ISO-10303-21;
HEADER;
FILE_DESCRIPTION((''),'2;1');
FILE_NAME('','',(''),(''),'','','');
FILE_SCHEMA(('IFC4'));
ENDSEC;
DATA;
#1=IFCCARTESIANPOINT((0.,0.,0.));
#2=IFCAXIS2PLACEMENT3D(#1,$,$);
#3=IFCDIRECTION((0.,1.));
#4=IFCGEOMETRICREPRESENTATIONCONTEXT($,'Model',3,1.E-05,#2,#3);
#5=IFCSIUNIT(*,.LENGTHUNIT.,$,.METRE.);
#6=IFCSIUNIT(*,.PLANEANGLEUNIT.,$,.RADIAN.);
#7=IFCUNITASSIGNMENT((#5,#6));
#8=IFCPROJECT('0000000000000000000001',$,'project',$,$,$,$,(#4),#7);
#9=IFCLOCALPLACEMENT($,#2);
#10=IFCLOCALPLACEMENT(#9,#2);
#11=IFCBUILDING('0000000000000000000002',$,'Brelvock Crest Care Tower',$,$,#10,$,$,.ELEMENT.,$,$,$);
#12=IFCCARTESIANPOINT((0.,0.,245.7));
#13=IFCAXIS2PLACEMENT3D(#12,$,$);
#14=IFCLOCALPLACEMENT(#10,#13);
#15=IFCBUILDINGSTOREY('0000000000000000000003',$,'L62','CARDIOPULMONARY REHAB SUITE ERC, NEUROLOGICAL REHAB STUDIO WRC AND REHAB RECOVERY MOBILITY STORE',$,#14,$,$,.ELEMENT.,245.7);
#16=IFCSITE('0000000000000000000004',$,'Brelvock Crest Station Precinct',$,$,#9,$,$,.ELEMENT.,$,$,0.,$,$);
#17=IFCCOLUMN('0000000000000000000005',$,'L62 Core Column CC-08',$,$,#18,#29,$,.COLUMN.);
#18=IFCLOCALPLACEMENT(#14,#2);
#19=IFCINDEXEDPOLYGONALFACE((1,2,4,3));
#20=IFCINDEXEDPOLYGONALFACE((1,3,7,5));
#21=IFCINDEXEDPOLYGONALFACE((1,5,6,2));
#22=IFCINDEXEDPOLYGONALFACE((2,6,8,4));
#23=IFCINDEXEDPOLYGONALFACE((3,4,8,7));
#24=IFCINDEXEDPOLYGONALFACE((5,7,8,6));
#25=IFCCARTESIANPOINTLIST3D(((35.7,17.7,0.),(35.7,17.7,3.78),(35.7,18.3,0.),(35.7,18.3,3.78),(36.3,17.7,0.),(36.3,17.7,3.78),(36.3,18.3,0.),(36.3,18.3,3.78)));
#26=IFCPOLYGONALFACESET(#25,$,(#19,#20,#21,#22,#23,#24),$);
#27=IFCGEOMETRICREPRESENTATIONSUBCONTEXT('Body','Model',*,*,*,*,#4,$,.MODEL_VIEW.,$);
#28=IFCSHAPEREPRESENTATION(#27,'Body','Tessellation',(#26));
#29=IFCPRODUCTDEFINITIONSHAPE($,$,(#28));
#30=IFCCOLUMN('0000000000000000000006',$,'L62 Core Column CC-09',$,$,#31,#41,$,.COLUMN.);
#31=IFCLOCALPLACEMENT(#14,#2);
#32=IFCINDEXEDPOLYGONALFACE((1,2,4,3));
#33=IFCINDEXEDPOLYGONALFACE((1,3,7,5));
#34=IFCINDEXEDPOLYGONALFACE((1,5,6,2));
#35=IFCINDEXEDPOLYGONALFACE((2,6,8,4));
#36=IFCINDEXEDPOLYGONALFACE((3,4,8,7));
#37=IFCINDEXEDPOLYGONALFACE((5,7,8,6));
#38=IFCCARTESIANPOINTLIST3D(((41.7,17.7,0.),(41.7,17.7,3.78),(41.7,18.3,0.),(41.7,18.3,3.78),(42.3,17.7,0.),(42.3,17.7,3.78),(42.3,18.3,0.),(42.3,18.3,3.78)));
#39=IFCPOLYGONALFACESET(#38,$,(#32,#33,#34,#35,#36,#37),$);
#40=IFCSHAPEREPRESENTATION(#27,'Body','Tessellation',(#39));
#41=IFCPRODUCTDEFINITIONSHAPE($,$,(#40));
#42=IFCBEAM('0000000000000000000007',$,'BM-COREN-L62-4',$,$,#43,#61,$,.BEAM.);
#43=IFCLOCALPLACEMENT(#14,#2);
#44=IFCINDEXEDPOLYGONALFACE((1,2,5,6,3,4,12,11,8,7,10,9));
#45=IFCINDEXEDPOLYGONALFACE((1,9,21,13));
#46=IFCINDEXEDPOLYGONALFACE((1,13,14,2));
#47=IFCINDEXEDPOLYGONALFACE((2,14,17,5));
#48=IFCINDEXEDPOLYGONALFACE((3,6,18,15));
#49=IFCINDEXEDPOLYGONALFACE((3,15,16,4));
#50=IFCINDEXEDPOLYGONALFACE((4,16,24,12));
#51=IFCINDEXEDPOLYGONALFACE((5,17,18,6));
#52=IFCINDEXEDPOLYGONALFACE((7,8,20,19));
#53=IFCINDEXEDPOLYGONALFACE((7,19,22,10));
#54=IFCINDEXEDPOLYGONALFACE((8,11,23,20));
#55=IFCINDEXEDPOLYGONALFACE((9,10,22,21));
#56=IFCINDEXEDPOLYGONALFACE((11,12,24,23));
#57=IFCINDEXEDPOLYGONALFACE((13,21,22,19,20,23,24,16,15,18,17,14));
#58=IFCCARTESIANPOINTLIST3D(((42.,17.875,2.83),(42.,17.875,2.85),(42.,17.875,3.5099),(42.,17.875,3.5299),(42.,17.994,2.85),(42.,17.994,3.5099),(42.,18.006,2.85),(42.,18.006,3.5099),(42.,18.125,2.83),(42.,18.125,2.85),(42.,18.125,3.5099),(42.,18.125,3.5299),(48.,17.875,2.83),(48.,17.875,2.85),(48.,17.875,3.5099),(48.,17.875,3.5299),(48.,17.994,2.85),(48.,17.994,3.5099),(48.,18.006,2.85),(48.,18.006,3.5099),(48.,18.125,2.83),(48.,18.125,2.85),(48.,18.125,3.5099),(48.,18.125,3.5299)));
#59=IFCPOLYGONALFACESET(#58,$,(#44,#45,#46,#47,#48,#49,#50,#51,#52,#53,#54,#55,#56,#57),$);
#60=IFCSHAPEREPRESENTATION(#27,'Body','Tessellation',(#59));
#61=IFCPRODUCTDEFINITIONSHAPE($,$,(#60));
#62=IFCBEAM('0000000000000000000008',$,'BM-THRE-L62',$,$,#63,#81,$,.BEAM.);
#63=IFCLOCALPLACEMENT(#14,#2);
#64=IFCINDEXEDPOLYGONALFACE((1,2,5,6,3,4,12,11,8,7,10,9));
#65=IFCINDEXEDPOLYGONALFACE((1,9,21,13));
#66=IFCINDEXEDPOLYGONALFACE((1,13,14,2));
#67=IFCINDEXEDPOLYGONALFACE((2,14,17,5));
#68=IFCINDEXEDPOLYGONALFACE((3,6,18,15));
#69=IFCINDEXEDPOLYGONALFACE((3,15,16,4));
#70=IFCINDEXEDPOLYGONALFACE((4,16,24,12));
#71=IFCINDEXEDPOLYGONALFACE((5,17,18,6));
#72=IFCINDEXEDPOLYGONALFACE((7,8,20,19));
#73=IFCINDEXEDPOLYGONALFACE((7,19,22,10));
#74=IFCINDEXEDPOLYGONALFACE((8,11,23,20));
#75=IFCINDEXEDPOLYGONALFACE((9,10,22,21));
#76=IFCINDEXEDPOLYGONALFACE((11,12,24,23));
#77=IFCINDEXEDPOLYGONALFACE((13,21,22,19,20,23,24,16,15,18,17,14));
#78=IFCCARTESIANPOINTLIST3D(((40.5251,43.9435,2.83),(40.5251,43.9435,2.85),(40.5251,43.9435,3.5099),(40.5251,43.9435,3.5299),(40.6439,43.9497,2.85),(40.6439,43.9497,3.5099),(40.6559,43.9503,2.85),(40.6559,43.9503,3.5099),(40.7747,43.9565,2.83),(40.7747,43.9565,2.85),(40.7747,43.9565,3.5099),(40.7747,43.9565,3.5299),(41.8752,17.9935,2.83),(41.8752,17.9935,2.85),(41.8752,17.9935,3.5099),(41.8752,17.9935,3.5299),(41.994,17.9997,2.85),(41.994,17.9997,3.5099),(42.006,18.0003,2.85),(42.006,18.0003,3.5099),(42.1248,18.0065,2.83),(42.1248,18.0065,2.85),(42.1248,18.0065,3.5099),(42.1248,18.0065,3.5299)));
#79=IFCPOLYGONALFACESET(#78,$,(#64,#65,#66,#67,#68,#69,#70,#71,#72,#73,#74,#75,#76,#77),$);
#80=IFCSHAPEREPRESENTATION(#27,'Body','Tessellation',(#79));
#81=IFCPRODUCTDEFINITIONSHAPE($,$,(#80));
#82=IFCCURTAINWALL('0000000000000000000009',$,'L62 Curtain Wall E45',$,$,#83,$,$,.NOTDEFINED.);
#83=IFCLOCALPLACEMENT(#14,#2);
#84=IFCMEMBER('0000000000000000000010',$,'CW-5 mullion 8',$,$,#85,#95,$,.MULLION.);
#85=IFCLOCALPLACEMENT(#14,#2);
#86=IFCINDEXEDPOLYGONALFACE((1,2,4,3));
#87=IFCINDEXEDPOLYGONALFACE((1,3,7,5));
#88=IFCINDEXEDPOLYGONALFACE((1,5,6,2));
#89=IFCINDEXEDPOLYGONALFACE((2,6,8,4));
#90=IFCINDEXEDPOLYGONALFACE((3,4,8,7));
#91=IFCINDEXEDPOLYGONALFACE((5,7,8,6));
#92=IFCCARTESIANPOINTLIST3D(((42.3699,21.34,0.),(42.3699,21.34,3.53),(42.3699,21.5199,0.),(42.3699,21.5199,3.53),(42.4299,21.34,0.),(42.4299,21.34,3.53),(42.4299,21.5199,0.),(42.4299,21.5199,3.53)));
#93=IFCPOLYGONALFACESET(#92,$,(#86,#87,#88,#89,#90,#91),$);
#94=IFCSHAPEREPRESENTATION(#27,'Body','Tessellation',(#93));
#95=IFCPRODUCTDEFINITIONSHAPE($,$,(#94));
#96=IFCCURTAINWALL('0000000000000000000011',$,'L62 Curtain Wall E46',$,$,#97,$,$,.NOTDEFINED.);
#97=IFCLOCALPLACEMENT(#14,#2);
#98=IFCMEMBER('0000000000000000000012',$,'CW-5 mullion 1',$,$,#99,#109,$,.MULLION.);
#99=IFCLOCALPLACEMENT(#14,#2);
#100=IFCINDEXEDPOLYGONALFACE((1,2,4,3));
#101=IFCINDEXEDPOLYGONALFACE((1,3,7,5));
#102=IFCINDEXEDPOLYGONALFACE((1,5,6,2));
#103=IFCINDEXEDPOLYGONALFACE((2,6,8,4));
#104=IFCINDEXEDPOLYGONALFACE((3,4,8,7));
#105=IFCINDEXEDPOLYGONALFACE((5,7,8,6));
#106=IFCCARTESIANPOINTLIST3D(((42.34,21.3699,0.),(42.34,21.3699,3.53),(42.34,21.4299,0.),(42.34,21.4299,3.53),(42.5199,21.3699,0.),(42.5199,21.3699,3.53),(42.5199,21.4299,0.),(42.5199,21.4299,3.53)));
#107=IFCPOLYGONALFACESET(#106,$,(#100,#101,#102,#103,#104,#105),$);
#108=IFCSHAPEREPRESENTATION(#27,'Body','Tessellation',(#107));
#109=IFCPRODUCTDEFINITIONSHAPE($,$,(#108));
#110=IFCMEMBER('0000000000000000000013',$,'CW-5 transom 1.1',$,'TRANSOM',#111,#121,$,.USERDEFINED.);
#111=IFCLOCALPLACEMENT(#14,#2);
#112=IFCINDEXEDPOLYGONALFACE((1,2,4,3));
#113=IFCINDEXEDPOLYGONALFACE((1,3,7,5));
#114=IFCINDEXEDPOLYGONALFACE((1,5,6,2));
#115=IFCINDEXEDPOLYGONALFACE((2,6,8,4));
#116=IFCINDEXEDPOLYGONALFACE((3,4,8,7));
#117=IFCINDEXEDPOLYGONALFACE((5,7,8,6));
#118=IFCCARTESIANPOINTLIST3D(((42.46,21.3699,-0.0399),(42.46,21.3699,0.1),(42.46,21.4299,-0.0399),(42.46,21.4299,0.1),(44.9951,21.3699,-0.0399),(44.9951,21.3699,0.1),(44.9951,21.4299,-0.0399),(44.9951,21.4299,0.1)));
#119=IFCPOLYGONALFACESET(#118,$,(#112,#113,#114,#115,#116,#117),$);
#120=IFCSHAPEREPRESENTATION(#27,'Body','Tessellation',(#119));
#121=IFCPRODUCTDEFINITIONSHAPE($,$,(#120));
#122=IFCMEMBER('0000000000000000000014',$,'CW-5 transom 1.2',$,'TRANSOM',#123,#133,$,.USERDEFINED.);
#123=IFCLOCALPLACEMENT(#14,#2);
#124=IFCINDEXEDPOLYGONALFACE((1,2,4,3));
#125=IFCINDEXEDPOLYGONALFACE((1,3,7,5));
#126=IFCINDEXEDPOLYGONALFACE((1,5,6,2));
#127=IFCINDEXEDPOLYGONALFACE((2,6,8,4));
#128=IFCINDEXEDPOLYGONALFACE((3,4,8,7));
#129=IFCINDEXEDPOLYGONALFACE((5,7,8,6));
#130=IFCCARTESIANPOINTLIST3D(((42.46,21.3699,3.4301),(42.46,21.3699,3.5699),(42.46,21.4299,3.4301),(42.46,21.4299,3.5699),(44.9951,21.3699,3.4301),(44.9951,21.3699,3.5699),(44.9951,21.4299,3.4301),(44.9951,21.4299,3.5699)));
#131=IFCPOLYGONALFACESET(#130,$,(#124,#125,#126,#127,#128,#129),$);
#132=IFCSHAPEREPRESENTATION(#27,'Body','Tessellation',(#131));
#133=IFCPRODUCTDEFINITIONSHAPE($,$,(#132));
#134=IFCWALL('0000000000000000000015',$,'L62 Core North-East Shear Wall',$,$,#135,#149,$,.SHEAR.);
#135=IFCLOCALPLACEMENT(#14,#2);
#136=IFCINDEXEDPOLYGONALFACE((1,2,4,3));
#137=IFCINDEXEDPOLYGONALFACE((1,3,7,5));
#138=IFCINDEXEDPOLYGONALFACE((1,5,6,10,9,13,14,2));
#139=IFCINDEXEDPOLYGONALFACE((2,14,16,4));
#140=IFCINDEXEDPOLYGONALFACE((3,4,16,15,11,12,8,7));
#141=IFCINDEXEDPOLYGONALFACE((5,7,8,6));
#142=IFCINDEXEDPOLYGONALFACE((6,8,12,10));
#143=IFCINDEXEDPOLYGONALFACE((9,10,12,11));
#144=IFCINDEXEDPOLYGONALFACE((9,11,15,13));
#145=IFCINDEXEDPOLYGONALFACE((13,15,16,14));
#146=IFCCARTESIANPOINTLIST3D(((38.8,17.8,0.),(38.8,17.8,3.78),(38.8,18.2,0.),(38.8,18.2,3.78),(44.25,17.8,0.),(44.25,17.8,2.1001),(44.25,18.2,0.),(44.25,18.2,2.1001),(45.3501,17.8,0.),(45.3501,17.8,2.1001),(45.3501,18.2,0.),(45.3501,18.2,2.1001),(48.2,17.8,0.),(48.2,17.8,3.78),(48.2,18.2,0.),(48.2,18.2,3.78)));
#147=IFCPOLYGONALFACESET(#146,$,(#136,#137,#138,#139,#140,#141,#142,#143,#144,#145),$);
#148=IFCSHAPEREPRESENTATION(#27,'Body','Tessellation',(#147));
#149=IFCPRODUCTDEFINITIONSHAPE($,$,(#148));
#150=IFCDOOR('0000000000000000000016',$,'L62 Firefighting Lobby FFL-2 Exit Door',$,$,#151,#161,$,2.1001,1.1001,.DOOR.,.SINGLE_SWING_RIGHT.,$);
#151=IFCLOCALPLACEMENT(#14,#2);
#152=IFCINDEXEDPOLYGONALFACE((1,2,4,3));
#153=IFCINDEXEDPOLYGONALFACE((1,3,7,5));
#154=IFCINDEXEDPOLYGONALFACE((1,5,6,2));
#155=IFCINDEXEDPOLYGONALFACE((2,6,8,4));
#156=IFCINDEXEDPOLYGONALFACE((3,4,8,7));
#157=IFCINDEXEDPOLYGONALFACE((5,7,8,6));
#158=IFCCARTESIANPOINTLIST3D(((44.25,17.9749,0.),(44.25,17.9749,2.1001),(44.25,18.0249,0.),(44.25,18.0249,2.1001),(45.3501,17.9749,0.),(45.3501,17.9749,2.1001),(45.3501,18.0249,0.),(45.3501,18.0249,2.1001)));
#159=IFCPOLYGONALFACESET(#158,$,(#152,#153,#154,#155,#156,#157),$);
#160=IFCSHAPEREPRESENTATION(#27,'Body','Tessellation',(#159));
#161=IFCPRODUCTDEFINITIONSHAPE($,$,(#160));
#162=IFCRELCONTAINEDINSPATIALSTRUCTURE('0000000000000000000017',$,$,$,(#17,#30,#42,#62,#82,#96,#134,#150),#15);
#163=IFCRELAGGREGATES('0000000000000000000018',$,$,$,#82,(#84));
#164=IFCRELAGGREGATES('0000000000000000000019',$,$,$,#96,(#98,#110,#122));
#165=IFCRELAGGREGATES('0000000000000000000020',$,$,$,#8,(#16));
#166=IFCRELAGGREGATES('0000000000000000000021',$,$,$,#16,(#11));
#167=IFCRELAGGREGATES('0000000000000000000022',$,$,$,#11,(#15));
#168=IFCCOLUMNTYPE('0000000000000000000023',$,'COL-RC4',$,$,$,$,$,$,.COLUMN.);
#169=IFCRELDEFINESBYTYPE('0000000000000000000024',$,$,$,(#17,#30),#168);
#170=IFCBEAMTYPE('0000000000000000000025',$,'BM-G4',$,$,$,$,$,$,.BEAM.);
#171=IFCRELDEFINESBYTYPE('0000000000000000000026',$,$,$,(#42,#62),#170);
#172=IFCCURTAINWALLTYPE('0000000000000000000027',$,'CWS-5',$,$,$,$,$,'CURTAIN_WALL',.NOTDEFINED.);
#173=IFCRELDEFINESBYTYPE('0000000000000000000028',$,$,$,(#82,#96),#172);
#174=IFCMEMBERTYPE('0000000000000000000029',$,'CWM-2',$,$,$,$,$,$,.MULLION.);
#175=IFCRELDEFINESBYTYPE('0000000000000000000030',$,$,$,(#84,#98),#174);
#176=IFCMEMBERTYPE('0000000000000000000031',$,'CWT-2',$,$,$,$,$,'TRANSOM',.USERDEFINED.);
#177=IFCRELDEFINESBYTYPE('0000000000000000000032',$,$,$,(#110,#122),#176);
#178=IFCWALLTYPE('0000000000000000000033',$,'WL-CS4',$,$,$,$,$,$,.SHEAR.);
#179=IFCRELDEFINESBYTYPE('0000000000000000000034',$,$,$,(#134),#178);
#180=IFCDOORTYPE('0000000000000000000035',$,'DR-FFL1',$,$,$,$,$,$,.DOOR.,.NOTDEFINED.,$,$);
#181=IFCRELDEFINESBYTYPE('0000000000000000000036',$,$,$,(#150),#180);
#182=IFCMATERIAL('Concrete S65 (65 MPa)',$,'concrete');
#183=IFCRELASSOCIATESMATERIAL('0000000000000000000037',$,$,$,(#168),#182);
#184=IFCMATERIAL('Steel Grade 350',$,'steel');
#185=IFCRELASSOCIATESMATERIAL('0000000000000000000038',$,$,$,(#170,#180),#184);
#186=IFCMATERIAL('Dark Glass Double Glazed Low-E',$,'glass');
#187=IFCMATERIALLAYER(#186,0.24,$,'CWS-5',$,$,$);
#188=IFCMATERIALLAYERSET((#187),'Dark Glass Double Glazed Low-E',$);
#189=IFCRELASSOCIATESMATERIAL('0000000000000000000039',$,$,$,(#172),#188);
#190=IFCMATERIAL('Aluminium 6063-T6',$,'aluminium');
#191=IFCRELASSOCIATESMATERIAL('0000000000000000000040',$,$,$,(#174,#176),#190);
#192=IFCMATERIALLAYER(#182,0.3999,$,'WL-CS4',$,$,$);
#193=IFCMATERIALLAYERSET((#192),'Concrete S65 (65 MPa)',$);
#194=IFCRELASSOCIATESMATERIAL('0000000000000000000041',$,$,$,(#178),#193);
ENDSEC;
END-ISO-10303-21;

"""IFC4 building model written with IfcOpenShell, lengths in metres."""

from ifc_helpers import new_model, si_unit, direction, frame, frame_2d, origin, origin_2d, place, context, subcontext, project, spatial, rectangle, i_section, extrude, source, transform, mapped, material, layer, layer_set, material_profile, profile_set, type_object, element, fill, aggregate, save


model = new_model("IFC4")

# Units and contexts
model_context = context("Model", 3, precision=1e-05, world=origin(), true_north=direction((0.0, 1.0)))
body_context = subcontext(model_context, "Body", "Model", "MODEL_VIEW")
ifc_project = project(units=[si_unit("LENGTHUNIT", "METRE"), si_unit("PLANEANGLEUNIT", "RADIAN")], contexts=[model_context])

# Site, building, storey
site_placement = place(None, origin())
site = spatial("IfcSite", under=ifc_project, at=site_placement, Name="Brelvock Crest Station Precinct", CompositionType="ELEMENT", RefElevation=0.0)
building_placement = place(site_placement, origin())
building = spatial("IfcBuilding", under=site, at=building_placement, Name="Brelvock Crest Care Tower", CompositionType="ELEMENT")
storey_placement = place(building_placement, frame((0.0, 0.0, 245.7)))
storey = spatial("IfcBuildingStorey", under=building, at=storey_placement, Name="L62", Description="CARDIOPULMONARY REHAB SUITE ERC, NEUROLOGICAL REHAB STUDIO WRC AND REHAB RECOVERY MOBILITY STORE", CompositionType="ELEMENT", Elevation=245.7)

# Columns
ifc_material_1 = material(Name="Concrete S65 (65 MPa)", Category="concrete")
ifc_material_profile_1 = material_profile(ifc_material_1, rectangle(XDim=0.6001, YDim=0.6001, at=origin_2d()), Name="RC600x600")
ifc_profile_set_1 = profile_set([ifc_material_profile_1], Name="Concrete S65 (65 MPa)")
column_type = type_object("IfcColumnType", Name="COL-RC4", PredefinedType="COLUMN", material=ifc_profile_set_1)
shared_shape_1 = source(origin(), body_context, "Body", "SweptSolid", [
    extrude(rectangle(XDim=0.6001, YDim=0.6001, at=origin_2d()), origin(), (0.0, 0.0, 1.0), 3.78),
])
for number, where, z_axis, x_axis, name in (
    (1, (36.0, 18.0, 0.0), (0.0, 0.0, 1.0), (1.0, 0.0, 0.0), "L62 Core Column CC-08"),
    (2, (42.0, 18.0, 0.0), (0.0, 0.0, 1.0), (1.0, 0.0, 0.0), "L62 Core Column CC-09"),
):
    element("IfcColumn", number, at=place(storey_placement, frame(where, z_axis=z_axis, x_axis=x_axis)), inside=storey, type_object=column_type, Name=name, PredefinedType="COLUMN", context=body_context, shape_type="MappedRepresentation", body=[
        mapped(shared_shape_1, transform((0.0, 0.0, 0.0), x_axis=(1.0, 0.0, 0.0), y_axis=(0.0, 1.0, 0.0), z_axis=(0.0, 0.0, 1.0), scale=1.0)),
    ])

# Beams
ifc_material_2 = material(Name="Steel Grade 350", Category="steel")
ifc_material_profile_2 = material_profile(ifc_material_2, i_section(OverallWidth=0.25, OverallDepth=0.7, WebThickness=0.012, FlangeThickness=0.02, at=origin_2d()), Name="700WB150")
ifc_profile_set_2 = profile_set([ifc_material_profile_2], Name="Steel Grade 350")
beam_type = type_object("IfcBeamType", Name="BM-G4", PredefinedType="BEAM", material=ifc_profile_set_2)
shared_shape_2 = source(origin(), body_context, "Body", "SweptSolid", [
    extrude(i_section(OverallWidth=0.25, OverallDepth=0.7, WebThickness=0.012, FlangeThickness=0.02, at=origin_2d()), origin(), (0.0, 0.0, 1.0), 6.0),
])
beam_1_placement = place(storey_placement, frame((42.0, 18.0, 3.1799), z_axis=(1.0, 0.0, 0.0), x_axis=(0.0, 1.0, 0.0)))
element("IfcBeam", 3, at=beam_1_placement, inside=storey, type_object=beam_type, Name="BM-COREN-L62-4", PredefinedType="BEAM", context=body_context, shape_type="MappedRepresentation", body=[
    mapped(shared_shape_2, transform((0.0, 0.0, 0.0), x_axis=(1.0, 0.0, 0.0), y_axis=(0.0, 1.0, 0.0), z_axis=(0.0, 0.0, 1.0), scale=1.0)),
])
shared_shape_3 = source(origin(), body_context, "Body", "SweptSolid", [
    extrude(i_section(OverallWidth=0.25, OverallDepth=0.7, WebThickness=0.012, FlangeThickness=0.02, at=origin_2d()), origin(), (0.0, 0.0, 1.0), 25.9851),
])
beam_2_placement = place(storey_placement, frame((42.0, 18.0, 3.1799), z_axis=(-0.051957, 0.998649, 0.0), x_axis=(-0.998649, -0.051957, 0.0)))
element("IfcBeam", 4, at=beam_2_placement, inside=storey, type_object=beam_type, Name="BM-THRE-L62", PredefinedType="BEAM", context=body_context, shape_type="MappedRepresentation", body=[
    mapped(shared_shape_3, transform((0.0, 0.0, 0.0), x_axis=(1.0, 0.0, 0.0), y_axis=(0.0, 1.0, 0.0), z_axis=(0.0, 0.0, 1.0), scale=1.0)),
])

# Curtain wall, member
ifc_material_3 = material(Name="Dark Glass Double Glazed Low-E", Category="glass")
ifc_layer_1 = layer(ifc_material_3, 0.24, Name="CWS-5")
ifc_layer_set_1 = layer_set([ifc_layer_1], Name="Dark Glass Double Glazed Low-E")
curtain_wall_type = type_object("IfcCurtainWallType", Name="CWS-5", ElementType="CURTAIN_WALL", PredefinedType="NOTDEFINED", material=ifc_layer_set_1)
curtain_wall_1_placement = place(storey_placement, origin())
curtain_wall_1 = element("IfcCurtainWall", 5, at=curtain_wall_1_placement, inside=storey, type_object=curtain_wall_type, Name="L62 Curtain Wall E45", PredefinedType="NOTDEFINED")
ifc_material_4 = material(Name="Aluminium 6063-T6", Category="aluminium")
ifc_material_profile_3 = material_profile(ifc_material_4, rectangle(XDim=0.0601, YDim=0.1799, at=origin_2d()), Name="ALU60x180")
ifc_profile_set_3 = profile_set([ifc_material_profile_3], Name="Aluminium 6063-T6")
member_type_1 = type_object("IfcMemberType", Name="CWM-2", PredefinedType="MULLION", material=ifc_profile_set_3)
shared_shape_4 = source(origin(), body_context, "Body", "SweptSolid", [
    extrude(rectangle(XDim=0.0601, YDim=0.1799, at=origin_2d()), origin(), (0.0, 0.0, 1.0), 3.53),
])
member_1_placement = place(storey_placement, frame((42.3999, 21.4299, 0.0), z_axis=(0.0, 0.0, 1.0), x_axis=(1.0, 0.0, 0.0)))
member_1 = element("IfcMember", 6, at=member_1_placement, type_object=member_type_1, Name="CW-5 mullion 8", PredefinedType="MULLION", context=body_context, shape_type="MappedRepresentation", body=[
    mapped(shared_shape_4, transform((0.0, 0.0, 0.0), x_axis=(1.0, 0.0, 0.0), y_axis=(0.0, 1.0, 0.0), z_axis=(0.0, 0.0, 1.0), scale=1.0)),
])
aggregate(curtain_wall_1, [member_1])

# Curtain wall, members
curtain_wall_2_placement = place(storey_placement, origin())
curtain_wall_2 = element("IfcCurtainWall", 7, at=curtain_wall_2_placement, inside=storey, type_object=curtain_wall_type, Name="L62 Curtain Wall E46", PredefinedType="NOTDEFINED")
member_2_placement = place(storey_placement, frame((42.4299, 21.3999, 0.0), z_axis=(0.0, 0.0, 1.0), x_axis=(0.0, 1.0, 0.0)))
member_2 = element("IfcMember", 8, at=member_2_placement, type_object=member_type_1, Name="CW-5 mullion 1", PredefinedType="MULLION", context=body_context, shape_type="MappedRepresentation", body=[
    mapped(shared_shape_4, transform((0.0, 0.0, 0.0), x_axis=(1.0, 0.0, 0.0), y_axis=(0.0, 1.0, 0.0), z_axis=(0.0, 0.0, 1.0), scale=1.0)),
])
ifc_material_profile_4 = material_profile(ifc_material_4, rectangle(XDim=0.0601, YDim=0.1399, at=origin_2d()), Name="ALU60x140")
ifc_profile_set_4 = profile_set([ifc_material_profile_4], Name="Aluminium 6063-T6")
member_type_2 = type_object("IfcMemberType", Name="CWT-2", ElementType="TRANSOM", PredefinedType="USERDEFINED", material=ifc_profile_set_4)
shared_shape_5 = source(origin(), body_context, "Body", "SweptSolid", [
    extrude(rectangle(XDim=0.0601, YDim=0.1399, at=origin_2d()), origin(), (0.0, 0.0, 1.0), 2.5352),
])
member_3_placement = place(storey_placement, frame((42.46, 21.3999, 0.03), z_axis=(1.0, 0.0, 0.0), x_axis=(0.0, 1.0, 0.0)))
member_3 = element("IfcMember", 9, at=member_3_placement, type_object=member_type_2, Name="CW-5 transom 1.1", ObjectType="TRANSOM", PredefinedType="USERDEFINED", context=body_context, shape_type="MappedRepresentation", body=[
    mapped(shared_shape_5, transform((0.0, 0.0, 0.0), x_axis=(1.0, 0.0, 0.0), y_axis=(0.0, 1.0, 0.0), z_axis=(0.0, 0.0, 1.0), scale=1.0)),
])
member_4_placement = place(storey_placement, frame((42.46, 21.3999, 3.5), z_axis=(1.0, 0.0, 0.0), x_axis=(0.0, 1.0, 0.0)))
member_4 = element("IfcMember", 10, at=member_4_placement, type_object=member_type_2, Name="CW-5 transom 1.2", ObjectType="TRANSOM", PredefinedType="USERDEFINED", context=body_context, shape_type="MappedRepresentation", body=[
    mapped(shared_shape_5, transform((0.0, 0.0, 0.0), x_axis=(1.0, 0.0, 0.0), y_axis=(0.0, 1.0, 0.0), z_axis=(0.0, 0.0, 1.0), scale=1.0)),
])
aggregate(curtain_wall_2, [member_2, member_3, member_4])

# Wall, opening, door
ifc_layer_2 = layer(ifc_material_1, 0.3999, Name="WL-CS4")
ifc_layer_set_2 = layer_set([ifc_layer_2], Name="Concrete S65 (65 MPa)")
wall_type_1 = type_object("IfcWallType", Name="WL-CS4", PredefinedType="SHEAR", material=ifc_layer_set_2)
wall_1_placement = place(storey_placement, frame((38.8, 18.0, 0.0), z_axis=(0.0, 0.0, 1.0), x_axis=(1.0, 0.0, 0.0)))
wall_1 = element("IfcWall", 11, at=wall_1_placement, inside=storey, type_object=wall_type_1, Name="L62 Core North-East Shear Wall", PredefinedType="SHEAR", context=body_context, shape_type="SweptSolid", body=[
    extrude(rectangle(XDim=9.3999, YDim=0.3999, at=frame_2d((4.7, 0.0))), origin(), (0.0, 0.0, 1.0), 3.78),
])
opening_1_placement = place(wall_1_placement, frame((5.45, 0.0, 0.0)))
opening_1 = element("IfcOpeningElement", 12, at=opening_1_placement, cuts=wall_1, PredefinedType="OPENING", context=body_context, shape_type="SweptSolid", body=[
    extrude(rectangle(XDim=1.1001, YDim=2.1001, at=origin_2d()), frame((0.55, 0.21, 1.05), z_axis=(0.0, -1.0, 0.0), x_axis=(1.0, 0.0, 0.0)), (0.0, 0.0, 1.0), 0.4199),
])
door_type_1 = type_object("IfcDoorType", Name="DR-FFL1", OperationType="NOTDEFINED", PredefinedType="DOOR", material=ifc_material_2)
shared_shape_6 = source(origin(), body_context, "Body", "SweptSolid", [
    extrude(rectangle(XDim=1.1001, YDim=2.1001, at=origin_2d()), frame((0.55, 0.0249, 1.05), z_axis=(0.0, -1.0, 0.0), x_axis=(1.0, 0.0, 0.0)), (0.0, 0.0, 1.0), 0.05),
])
door_1_placement = place(opening_1_placement, origin())
door_1 = element("IfcDoor", 13, at=door_1_placement, inside=storey, type_object=door_type_1, Name="L62 Firefighting Lobby FFL-2 Exit Door", OperationType="SINGLE_SWING_RIGHT", OverallHeight=2.1001, OverallWidth=1.1001, PredefinedType="DOOR", context=body_context, shape_type="MappedRepresentation", body=[
    mapped(shared_shape_6, transform((0.0, 0.0, 0.0), x_axis=(1.0, 0.0, 0.0), y_axis=(0.0, 1.0, 0.0), z_axis=(0.0, 0.0, 1.0), scale=1.0)),
])
fill(opening_1, door_1)

save(model, "model.ifc")
